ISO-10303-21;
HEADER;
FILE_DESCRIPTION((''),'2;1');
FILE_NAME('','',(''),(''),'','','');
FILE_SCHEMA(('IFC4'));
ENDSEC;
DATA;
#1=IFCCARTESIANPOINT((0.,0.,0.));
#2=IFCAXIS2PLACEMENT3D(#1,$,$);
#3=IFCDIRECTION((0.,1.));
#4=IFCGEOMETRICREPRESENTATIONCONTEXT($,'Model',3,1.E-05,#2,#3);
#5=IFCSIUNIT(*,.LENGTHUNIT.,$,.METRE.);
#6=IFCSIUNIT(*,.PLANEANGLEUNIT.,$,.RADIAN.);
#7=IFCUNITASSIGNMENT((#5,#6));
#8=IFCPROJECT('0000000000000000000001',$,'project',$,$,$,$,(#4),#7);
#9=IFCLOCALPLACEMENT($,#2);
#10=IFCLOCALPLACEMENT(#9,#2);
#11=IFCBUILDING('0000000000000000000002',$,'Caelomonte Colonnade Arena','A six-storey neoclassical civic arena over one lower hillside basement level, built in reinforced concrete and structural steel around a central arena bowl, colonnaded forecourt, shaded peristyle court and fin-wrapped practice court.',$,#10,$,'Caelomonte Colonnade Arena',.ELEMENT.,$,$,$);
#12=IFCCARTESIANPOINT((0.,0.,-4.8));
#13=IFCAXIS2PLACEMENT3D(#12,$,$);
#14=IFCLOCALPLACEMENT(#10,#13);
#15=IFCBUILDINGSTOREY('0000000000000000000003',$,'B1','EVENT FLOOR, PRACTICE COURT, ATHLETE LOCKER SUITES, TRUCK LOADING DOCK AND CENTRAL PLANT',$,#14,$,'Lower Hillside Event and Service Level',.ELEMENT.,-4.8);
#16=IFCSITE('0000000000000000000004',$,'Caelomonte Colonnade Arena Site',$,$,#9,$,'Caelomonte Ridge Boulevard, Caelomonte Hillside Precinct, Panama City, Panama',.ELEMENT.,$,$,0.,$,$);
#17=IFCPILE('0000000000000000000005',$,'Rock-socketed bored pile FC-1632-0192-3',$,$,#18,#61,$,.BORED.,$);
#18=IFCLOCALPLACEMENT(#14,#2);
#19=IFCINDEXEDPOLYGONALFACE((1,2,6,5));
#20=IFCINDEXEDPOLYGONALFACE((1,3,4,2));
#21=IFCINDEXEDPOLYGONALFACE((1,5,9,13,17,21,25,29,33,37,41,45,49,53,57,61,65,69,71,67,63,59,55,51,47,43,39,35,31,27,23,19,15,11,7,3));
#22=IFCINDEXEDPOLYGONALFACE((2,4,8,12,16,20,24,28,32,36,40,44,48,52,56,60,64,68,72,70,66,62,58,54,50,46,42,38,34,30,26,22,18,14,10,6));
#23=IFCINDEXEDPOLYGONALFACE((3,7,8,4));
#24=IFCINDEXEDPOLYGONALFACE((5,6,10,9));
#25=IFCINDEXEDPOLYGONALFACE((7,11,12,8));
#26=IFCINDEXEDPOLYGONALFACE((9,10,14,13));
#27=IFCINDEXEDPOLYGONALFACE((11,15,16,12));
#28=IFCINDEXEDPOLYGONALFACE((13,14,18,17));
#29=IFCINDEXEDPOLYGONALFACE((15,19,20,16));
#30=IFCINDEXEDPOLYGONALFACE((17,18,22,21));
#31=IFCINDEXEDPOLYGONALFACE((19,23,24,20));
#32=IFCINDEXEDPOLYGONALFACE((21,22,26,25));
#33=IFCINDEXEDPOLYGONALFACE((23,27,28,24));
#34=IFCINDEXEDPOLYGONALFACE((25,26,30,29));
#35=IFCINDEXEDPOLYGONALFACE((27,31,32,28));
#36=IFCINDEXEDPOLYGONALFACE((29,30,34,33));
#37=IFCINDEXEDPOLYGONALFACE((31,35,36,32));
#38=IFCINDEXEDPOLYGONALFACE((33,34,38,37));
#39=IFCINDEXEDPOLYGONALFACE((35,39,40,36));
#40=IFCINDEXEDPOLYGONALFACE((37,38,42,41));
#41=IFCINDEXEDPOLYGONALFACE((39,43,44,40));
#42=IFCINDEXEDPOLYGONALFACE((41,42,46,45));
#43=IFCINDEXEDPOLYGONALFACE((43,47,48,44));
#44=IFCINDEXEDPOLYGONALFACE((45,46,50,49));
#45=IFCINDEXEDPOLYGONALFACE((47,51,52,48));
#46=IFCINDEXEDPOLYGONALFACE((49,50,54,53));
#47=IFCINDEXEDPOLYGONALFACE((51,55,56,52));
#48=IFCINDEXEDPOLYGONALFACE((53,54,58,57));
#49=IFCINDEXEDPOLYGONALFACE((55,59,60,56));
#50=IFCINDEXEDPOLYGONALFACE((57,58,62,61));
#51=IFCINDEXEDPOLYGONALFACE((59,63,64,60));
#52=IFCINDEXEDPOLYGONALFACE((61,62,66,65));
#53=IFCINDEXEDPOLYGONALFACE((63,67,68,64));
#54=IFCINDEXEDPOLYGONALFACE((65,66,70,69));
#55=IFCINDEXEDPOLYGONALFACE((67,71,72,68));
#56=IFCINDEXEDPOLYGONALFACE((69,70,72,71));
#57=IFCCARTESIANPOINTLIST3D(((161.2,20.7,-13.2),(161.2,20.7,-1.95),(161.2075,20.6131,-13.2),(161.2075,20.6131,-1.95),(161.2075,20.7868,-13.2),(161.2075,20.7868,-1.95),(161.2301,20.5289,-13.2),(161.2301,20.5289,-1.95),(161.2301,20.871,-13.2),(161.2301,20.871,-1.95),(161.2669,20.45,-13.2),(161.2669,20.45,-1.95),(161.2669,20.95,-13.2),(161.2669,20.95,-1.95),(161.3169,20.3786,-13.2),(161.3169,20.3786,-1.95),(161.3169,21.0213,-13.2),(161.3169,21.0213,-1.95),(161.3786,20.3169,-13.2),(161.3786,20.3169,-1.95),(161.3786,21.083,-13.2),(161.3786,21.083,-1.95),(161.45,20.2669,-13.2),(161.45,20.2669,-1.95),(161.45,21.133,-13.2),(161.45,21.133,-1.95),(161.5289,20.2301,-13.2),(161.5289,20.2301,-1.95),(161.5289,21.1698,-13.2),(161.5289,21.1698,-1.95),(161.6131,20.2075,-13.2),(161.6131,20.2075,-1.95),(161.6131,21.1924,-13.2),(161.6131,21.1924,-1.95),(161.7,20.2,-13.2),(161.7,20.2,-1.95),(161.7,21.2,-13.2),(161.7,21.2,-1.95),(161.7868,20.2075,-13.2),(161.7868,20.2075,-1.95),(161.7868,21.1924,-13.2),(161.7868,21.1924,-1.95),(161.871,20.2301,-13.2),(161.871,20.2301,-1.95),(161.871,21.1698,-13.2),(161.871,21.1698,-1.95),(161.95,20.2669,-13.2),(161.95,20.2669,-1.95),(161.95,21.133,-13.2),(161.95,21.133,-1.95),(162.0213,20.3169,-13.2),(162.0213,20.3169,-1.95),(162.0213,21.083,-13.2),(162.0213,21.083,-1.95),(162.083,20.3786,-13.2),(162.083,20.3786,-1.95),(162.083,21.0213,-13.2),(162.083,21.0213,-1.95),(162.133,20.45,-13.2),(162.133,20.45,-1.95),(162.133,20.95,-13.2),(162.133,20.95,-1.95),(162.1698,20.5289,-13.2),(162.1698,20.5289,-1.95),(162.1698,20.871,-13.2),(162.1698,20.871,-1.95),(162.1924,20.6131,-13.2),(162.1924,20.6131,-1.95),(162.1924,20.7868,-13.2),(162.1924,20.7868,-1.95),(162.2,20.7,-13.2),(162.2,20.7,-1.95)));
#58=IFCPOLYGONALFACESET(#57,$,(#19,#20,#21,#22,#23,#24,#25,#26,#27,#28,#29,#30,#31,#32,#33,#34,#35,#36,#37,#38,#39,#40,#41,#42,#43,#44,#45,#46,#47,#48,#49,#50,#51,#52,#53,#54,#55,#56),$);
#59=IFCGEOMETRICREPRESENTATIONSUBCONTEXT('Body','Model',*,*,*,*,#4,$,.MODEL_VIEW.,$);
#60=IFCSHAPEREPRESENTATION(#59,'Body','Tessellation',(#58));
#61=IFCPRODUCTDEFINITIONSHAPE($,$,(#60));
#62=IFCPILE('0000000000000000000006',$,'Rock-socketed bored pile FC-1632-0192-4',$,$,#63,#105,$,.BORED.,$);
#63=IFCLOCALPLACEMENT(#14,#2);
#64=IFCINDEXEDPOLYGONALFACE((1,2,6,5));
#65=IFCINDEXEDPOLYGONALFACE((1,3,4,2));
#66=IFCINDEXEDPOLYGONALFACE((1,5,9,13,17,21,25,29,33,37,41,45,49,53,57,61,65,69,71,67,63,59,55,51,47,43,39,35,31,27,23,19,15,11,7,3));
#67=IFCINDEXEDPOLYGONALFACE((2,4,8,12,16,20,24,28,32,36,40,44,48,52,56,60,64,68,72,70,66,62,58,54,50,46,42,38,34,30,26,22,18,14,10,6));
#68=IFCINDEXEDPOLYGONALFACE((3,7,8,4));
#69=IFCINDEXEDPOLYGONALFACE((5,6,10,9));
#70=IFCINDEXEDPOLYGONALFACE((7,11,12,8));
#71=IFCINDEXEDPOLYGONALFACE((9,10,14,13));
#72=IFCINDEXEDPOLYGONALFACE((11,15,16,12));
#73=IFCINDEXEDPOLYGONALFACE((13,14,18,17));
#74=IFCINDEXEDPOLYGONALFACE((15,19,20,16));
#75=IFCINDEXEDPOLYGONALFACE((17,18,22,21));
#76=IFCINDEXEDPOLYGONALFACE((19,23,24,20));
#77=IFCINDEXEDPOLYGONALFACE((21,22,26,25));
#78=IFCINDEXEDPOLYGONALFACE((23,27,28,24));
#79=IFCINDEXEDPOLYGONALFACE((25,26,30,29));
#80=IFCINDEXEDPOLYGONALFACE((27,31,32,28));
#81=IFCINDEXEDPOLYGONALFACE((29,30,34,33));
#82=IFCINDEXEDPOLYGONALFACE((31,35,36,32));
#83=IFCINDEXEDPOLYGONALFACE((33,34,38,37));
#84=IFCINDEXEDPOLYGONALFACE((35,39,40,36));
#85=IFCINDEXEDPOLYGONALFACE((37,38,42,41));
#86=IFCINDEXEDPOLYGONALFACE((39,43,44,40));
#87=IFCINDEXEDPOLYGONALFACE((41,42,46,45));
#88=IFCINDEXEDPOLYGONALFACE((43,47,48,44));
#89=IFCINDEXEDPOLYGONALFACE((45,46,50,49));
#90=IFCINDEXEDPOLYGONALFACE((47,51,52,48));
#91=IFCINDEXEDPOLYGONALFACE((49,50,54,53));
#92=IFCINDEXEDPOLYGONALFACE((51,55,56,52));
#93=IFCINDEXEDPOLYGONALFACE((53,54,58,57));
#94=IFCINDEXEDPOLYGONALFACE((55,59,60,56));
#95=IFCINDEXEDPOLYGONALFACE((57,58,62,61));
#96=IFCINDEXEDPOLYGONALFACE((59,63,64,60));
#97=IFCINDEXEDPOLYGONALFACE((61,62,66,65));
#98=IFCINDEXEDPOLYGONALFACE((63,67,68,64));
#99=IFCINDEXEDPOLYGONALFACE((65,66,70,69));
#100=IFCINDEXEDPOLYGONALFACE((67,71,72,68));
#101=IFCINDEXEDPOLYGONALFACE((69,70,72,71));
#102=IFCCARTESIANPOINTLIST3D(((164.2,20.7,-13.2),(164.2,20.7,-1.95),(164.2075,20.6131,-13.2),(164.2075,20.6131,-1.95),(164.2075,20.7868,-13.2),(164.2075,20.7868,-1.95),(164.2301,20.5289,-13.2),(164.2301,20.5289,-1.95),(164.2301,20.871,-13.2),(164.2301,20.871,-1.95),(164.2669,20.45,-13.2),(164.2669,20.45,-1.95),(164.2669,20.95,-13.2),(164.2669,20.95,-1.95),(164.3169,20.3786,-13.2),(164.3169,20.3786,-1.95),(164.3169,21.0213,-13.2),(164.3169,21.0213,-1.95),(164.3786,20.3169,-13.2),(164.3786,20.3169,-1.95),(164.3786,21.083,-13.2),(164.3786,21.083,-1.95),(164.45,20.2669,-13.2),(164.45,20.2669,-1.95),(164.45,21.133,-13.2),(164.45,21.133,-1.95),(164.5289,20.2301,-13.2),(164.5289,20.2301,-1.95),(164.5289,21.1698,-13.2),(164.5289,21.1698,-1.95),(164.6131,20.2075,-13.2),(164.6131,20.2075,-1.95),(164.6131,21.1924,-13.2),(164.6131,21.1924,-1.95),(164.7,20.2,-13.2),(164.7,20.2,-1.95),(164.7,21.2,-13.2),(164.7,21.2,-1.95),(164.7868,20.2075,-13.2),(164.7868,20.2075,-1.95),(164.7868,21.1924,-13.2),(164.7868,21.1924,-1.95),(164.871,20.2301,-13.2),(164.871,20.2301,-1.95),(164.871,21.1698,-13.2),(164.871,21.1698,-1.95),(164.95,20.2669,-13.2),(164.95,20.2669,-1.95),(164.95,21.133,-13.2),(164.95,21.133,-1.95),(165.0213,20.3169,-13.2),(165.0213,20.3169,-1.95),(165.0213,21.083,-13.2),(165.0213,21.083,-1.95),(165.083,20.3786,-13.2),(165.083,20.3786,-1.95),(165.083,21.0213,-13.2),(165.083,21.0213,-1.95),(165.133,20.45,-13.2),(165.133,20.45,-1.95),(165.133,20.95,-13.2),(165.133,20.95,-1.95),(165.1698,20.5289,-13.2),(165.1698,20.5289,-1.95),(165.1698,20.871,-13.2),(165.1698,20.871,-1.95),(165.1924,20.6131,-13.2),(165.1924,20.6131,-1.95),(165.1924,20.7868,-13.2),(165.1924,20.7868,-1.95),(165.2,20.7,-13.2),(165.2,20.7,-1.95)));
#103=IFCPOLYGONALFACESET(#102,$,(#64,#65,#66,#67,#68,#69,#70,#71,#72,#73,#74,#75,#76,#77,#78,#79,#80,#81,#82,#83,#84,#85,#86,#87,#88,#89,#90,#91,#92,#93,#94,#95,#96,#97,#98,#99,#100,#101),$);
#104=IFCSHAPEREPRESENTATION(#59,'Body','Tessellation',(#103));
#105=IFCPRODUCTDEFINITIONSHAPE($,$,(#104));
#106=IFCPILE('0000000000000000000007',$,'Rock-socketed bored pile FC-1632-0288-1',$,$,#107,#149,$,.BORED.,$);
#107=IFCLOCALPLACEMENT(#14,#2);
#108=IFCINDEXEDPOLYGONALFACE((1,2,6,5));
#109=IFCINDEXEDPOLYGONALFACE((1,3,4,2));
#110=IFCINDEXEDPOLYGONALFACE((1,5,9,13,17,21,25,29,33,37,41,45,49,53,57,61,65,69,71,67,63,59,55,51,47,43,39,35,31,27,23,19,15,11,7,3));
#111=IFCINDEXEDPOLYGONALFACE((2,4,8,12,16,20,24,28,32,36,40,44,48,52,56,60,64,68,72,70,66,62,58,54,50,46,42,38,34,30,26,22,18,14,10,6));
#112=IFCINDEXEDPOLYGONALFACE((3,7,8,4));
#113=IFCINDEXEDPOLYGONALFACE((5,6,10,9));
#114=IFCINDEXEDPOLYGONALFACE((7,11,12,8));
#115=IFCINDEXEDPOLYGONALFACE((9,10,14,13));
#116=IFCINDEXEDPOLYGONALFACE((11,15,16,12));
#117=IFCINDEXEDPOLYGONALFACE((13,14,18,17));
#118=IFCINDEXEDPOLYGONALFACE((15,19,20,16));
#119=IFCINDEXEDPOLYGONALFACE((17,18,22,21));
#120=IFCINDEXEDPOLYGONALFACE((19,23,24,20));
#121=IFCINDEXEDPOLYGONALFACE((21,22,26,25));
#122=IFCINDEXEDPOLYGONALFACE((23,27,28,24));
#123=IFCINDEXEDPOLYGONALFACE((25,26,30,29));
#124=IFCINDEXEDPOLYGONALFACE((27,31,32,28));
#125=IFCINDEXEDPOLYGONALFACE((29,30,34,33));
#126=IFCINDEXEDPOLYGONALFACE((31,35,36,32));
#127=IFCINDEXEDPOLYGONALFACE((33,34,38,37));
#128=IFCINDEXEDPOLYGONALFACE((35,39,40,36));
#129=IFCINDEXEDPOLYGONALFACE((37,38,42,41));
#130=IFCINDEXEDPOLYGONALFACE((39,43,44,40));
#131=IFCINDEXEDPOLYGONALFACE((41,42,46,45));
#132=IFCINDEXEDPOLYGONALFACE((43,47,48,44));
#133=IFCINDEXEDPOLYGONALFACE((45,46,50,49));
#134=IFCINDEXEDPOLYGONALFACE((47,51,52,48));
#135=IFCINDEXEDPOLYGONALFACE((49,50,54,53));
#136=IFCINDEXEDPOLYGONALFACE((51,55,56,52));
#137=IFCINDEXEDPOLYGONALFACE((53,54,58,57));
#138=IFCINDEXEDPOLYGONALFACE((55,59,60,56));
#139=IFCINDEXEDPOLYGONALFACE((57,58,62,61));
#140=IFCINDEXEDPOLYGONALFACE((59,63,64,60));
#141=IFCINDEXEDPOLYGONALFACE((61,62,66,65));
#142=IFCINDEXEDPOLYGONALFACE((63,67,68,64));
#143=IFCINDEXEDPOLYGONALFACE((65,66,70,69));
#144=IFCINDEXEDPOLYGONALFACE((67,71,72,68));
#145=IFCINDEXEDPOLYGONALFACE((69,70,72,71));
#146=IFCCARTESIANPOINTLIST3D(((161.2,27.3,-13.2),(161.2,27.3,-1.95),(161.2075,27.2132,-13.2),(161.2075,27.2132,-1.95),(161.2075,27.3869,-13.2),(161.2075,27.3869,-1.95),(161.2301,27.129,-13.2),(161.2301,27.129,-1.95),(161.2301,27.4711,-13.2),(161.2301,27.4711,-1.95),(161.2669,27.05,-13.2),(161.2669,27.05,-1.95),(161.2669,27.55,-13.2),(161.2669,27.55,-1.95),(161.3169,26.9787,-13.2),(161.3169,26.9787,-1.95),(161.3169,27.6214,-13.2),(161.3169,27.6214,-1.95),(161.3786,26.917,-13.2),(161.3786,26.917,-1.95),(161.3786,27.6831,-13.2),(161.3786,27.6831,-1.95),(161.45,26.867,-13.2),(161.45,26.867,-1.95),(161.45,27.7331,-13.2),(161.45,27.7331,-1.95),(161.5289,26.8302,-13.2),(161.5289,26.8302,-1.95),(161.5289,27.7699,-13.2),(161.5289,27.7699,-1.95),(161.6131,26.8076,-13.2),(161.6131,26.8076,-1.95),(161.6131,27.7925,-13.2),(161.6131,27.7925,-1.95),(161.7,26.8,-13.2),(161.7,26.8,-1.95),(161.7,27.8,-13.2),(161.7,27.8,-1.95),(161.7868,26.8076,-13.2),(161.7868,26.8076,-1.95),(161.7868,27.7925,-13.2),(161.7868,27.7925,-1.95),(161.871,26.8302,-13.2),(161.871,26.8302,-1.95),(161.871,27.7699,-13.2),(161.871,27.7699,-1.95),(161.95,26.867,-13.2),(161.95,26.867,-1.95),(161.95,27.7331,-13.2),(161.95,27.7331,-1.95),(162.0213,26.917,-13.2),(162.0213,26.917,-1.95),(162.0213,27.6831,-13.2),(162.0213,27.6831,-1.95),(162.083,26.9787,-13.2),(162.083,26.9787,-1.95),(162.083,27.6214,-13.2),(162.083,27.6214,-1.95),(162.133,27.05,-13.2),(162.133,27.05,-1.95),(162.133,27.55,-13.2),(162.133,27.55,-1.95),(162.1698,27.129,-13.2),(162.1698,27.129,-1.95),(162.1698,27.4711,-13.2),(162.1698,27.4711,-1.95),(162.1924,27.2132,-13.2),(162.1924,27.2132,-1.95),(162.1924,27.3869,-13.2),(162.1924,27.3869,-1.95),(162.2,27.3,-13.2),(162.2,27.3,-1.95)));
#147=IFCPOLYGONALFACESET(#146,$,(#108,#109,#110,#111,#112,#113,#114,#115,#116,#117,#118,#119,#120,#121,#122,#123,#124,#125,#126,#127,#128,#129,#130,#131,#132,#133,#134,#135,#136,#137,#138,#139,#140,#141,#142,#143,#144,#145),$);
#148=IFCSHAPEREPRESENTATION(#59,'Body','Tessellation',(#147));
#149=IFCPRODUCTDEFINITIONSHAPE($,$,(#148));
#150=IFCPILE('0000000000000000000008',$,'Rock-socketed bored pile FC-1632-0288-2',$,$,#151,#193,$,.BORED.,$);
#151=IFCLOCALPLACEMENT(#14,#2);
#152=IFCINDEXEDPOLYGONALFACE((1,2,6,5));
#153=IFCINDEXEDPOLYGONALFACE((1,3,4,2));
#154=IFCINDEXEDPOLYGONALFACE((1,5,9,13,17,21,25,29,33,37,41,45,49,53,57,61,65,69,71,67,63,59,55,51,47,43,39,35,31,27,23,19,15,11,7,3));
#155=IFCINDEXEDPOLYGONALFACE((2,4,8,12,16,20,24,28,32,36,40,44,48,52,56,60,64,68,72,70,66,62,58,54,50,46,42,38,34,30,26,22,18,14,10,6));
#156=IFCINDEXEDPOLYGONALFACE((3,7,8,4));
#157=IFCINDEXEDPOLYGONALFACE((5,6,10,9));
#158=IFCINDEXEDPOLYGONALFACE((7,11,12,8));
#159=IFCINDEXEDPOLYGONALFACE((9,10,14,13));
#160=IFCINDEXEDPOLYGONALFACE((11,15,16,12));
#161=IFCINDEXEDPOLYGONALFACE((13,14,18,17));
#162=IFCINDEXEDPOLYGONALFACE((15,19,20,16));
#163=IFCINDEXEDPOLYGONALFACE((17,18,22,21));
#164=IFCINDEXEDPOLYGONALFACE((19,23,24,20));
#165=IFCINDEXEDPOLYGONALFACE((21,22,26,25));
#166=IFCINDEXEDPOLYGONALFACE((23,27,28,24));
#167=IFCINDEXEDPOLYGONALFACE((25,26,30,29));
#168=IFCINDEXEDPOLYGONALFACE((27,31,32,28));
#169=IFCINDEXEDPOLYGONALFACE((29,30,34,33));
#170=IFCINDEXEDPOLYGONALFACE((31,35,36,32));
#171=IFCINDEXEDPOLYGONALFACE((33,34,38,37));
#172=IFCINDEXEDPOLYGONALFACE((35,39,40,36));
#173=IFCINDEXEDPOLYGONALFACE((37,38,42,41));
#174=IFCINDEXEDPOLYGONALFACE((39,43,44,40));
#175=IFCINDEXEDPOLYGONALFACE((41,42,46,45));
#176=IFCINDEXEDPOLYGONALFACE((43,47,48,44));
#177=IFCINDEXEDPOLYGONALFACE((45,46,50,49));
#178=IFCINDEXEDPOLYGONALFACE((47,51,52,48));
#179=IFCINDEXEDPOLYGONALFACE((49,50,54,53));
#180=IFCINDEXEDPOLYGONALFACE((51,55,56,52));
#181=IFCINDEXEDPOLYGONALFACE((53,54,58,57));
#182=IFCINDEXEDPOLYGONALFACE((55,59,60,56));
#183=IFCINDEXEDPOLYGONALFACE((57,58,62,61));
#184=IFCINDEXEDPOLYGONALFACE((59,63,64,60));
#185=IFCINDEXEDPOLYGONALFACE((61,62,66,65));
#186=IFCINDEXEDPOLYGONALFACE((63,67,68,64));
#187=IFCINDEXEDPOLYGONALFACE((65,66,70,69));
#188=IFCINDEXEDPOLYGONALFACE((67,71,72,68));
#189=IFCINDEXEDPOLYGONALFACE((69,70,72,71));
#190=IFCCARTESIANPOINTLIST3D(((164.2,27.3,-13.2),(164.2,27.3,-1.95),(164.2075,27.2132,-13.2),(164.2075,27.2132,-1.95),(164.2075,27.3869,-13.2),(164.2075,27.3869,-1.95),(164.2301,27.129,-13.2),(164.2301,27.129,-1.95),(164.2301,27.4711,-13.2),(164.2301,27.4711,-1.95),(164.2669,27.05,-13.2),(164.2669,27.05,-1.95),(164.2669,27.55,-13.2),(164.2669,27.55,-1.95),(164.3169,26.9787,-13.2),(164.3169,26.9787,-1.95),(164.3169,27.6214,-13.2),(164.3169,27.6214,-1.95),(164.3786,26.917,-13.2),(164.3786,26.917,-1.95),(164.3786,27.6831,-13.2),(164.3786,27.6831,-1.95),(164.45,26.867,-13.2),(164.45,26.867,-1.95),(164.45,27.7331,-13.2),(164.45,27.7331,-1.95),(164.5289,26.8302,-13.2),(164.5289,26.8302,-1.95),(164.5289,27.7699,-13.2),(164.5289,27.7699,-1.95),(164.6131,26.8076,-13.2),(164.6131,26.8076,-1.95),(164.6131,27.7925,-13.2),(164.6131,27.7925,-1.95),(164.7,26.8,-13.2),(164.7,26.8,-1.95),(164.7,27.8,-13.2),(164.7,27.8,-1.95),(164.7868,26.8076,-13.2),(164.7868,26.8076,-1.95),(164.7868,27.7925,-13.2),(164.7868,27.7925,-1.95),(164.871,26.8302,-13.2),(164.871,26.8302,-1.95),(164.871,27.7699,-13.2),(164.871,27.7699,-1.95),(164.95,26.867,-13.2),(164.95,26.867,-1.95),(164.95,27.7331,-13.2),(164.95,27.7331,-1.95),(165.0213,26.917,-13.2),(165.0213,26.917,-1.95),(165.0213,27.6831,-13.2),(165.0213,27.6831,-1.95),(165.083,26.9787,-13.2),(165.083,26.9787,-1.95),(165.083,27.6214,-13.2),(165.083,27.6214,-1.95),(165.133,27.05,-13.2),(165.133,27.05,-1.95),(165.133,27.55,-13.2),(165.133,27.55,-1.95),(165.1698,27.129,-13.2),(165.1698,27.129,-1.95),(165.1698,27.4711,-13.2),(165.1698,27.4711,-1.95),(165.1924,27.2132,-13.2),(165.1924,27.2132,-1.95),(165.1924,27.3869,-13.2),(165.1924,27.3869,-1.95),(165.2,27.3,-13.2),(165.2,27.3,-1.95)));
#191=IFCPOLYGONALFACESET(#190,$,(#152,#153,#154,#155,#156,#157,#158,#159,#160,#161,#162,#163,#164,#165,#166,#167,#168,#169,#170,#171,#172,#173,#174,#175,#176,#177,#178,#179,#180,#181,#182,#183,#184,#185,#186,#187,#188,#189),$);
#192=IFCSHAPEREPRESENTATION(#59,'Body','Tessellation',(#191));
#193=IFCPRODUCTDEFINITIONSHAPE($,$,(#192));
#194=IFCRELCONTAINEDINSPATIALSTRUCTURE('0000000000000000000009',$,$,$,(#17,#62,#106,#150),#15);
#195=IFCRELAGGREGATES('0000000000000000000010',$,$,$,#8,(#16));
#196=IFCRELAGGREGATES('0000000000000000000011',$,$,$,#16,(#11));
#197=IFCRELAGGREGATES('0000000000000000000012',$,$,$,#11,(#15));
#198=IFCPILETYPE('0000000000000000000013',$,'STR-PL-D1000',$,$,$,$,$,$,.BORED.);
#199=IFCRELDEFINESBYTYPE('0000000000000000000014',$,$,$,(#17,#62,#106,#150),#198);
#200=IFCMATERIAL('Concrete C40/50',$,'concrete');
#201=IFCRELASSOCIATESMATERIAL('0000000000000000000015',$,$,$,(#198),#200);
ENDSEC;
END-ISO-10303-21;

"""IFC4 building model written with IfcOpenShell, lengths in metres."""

from ifc_helpers import new_model, si_unit, direction, frame, origin, origin_2d, place, context, subcontext, project, spatial, circle, extrude, material, material_profile, profile_set, type_object, element, save


model = new_model("IFC4")

# Units and contexts
model_context = context("Model", 3, precision=1e-05, world=origin(), true_north=direction((0.0, 1.0)))
body_context = subcontext(model_context, "Body", "Model", "MODEL_VIEW")
ifc_project = project(units=[si_unit("LENGTHUNIT", "METRE"), si_unit("PLANEANGLEUNIT", "RADIAN")], contexts=[model_context])

# Site, building, storey
site_placement = place(None, origin())
site = spatial("IfcSite", under=ifc_project, at=site_placement, Name="Caelomonte Colonnade Arena Site", LongName="Caelomonte Ridge Boulevard, Caelomonte Hillside Precinct, Panama City, Panama", CompositionType="ELEMENT", RefElevation=0.0)
building_placement = place(site_placement, origin())
building = spatial("IfcBuilding", under=site, at=building_placement, Name="Caelomonte Colonnade Arena", Description="A six-storey neoclassical civic arena over one lower hillside basement level, built in reinforced concrete and structural steel around a central arena bowl, colonnaded forecourt, shaded peristyle court and fin-wrapped practice court.", LongName="Caelomonte Colonnade Arena", CompositionType="ELEMENT")
storey_placement = place(building_placement, frame((0.0, 0.0, -4.8)))
storey = spatial("IfcBuildingStorey", under=building, at=storey_placement, Name="B1", Description="EVENT FLOOR, PRACTICE COURT, ATHLETE LOCKER SUITES, TRUCK LOADING DOCK AND CENTRAL PLANT", LongName="Lower Hillside Event and Service Level", CompositionType="ELEMENT", Elevation=-4.8)

# Shared definitions
ifc_material_1 = material(Name="Concrete C40/50", Category="concrete")

# Piles
ifc_material_profile_1 = material_profile(ifc_material_1, circle(Radius=0.5, at=origin_2d()), Name="PILE-D1000")
ifc_profile_set_1 = profile_set([ifc_material_profile_1], Name="Concrete C40/50")
pile_type_1 = type_object("IfcPileType", Name="STR-PL-D1000", PredefinedType="BORED", material=ifc_profile_set_1)
for number, where, z_axis, x_axis, name in (
    (1, (161.7, 20.7, -1.95), (0.0, 0.0, -1.0), (1.0, 0.0, 0.0), "Rock-socketed bored pile FC-1632-0192-3"),
    (2, (164.7, 20.7, -1.95), (0.0, 0.0, -1.0), (1.0, 0.0, 0.0), "Rock-socketed bored pile FC-1632-0192-4"),
    (3, (161.7, 27.3, -1.95), (0.0, 0.0, -1.0), (1.0, 0.0, 0.0), "Rock-socketed bored pile FC-1632-0288-1"),
    (4, (164.7, 27.3, -1.95), (0.0, 0.0, -1.0), (1.0, 0.0, 0.0), "Rock-socketed bored pile FC-1632-0288-2"),
):
    element("IfcPile", number, at=place(storey_placement, frame(where, z_axis=z_axis, x_axis=x_axis)), inside=storey, type_object=pile_type_1, Name=name, PredefinedType="BORED", context=body_context, shape_type="SweptSolid", body=[
        extrude(circle(Radius=0.5, at=origin_2d()), origin(), (0.0, 0.0, 1.0), 11.25),
    ])

save(model, "model.ifc")
